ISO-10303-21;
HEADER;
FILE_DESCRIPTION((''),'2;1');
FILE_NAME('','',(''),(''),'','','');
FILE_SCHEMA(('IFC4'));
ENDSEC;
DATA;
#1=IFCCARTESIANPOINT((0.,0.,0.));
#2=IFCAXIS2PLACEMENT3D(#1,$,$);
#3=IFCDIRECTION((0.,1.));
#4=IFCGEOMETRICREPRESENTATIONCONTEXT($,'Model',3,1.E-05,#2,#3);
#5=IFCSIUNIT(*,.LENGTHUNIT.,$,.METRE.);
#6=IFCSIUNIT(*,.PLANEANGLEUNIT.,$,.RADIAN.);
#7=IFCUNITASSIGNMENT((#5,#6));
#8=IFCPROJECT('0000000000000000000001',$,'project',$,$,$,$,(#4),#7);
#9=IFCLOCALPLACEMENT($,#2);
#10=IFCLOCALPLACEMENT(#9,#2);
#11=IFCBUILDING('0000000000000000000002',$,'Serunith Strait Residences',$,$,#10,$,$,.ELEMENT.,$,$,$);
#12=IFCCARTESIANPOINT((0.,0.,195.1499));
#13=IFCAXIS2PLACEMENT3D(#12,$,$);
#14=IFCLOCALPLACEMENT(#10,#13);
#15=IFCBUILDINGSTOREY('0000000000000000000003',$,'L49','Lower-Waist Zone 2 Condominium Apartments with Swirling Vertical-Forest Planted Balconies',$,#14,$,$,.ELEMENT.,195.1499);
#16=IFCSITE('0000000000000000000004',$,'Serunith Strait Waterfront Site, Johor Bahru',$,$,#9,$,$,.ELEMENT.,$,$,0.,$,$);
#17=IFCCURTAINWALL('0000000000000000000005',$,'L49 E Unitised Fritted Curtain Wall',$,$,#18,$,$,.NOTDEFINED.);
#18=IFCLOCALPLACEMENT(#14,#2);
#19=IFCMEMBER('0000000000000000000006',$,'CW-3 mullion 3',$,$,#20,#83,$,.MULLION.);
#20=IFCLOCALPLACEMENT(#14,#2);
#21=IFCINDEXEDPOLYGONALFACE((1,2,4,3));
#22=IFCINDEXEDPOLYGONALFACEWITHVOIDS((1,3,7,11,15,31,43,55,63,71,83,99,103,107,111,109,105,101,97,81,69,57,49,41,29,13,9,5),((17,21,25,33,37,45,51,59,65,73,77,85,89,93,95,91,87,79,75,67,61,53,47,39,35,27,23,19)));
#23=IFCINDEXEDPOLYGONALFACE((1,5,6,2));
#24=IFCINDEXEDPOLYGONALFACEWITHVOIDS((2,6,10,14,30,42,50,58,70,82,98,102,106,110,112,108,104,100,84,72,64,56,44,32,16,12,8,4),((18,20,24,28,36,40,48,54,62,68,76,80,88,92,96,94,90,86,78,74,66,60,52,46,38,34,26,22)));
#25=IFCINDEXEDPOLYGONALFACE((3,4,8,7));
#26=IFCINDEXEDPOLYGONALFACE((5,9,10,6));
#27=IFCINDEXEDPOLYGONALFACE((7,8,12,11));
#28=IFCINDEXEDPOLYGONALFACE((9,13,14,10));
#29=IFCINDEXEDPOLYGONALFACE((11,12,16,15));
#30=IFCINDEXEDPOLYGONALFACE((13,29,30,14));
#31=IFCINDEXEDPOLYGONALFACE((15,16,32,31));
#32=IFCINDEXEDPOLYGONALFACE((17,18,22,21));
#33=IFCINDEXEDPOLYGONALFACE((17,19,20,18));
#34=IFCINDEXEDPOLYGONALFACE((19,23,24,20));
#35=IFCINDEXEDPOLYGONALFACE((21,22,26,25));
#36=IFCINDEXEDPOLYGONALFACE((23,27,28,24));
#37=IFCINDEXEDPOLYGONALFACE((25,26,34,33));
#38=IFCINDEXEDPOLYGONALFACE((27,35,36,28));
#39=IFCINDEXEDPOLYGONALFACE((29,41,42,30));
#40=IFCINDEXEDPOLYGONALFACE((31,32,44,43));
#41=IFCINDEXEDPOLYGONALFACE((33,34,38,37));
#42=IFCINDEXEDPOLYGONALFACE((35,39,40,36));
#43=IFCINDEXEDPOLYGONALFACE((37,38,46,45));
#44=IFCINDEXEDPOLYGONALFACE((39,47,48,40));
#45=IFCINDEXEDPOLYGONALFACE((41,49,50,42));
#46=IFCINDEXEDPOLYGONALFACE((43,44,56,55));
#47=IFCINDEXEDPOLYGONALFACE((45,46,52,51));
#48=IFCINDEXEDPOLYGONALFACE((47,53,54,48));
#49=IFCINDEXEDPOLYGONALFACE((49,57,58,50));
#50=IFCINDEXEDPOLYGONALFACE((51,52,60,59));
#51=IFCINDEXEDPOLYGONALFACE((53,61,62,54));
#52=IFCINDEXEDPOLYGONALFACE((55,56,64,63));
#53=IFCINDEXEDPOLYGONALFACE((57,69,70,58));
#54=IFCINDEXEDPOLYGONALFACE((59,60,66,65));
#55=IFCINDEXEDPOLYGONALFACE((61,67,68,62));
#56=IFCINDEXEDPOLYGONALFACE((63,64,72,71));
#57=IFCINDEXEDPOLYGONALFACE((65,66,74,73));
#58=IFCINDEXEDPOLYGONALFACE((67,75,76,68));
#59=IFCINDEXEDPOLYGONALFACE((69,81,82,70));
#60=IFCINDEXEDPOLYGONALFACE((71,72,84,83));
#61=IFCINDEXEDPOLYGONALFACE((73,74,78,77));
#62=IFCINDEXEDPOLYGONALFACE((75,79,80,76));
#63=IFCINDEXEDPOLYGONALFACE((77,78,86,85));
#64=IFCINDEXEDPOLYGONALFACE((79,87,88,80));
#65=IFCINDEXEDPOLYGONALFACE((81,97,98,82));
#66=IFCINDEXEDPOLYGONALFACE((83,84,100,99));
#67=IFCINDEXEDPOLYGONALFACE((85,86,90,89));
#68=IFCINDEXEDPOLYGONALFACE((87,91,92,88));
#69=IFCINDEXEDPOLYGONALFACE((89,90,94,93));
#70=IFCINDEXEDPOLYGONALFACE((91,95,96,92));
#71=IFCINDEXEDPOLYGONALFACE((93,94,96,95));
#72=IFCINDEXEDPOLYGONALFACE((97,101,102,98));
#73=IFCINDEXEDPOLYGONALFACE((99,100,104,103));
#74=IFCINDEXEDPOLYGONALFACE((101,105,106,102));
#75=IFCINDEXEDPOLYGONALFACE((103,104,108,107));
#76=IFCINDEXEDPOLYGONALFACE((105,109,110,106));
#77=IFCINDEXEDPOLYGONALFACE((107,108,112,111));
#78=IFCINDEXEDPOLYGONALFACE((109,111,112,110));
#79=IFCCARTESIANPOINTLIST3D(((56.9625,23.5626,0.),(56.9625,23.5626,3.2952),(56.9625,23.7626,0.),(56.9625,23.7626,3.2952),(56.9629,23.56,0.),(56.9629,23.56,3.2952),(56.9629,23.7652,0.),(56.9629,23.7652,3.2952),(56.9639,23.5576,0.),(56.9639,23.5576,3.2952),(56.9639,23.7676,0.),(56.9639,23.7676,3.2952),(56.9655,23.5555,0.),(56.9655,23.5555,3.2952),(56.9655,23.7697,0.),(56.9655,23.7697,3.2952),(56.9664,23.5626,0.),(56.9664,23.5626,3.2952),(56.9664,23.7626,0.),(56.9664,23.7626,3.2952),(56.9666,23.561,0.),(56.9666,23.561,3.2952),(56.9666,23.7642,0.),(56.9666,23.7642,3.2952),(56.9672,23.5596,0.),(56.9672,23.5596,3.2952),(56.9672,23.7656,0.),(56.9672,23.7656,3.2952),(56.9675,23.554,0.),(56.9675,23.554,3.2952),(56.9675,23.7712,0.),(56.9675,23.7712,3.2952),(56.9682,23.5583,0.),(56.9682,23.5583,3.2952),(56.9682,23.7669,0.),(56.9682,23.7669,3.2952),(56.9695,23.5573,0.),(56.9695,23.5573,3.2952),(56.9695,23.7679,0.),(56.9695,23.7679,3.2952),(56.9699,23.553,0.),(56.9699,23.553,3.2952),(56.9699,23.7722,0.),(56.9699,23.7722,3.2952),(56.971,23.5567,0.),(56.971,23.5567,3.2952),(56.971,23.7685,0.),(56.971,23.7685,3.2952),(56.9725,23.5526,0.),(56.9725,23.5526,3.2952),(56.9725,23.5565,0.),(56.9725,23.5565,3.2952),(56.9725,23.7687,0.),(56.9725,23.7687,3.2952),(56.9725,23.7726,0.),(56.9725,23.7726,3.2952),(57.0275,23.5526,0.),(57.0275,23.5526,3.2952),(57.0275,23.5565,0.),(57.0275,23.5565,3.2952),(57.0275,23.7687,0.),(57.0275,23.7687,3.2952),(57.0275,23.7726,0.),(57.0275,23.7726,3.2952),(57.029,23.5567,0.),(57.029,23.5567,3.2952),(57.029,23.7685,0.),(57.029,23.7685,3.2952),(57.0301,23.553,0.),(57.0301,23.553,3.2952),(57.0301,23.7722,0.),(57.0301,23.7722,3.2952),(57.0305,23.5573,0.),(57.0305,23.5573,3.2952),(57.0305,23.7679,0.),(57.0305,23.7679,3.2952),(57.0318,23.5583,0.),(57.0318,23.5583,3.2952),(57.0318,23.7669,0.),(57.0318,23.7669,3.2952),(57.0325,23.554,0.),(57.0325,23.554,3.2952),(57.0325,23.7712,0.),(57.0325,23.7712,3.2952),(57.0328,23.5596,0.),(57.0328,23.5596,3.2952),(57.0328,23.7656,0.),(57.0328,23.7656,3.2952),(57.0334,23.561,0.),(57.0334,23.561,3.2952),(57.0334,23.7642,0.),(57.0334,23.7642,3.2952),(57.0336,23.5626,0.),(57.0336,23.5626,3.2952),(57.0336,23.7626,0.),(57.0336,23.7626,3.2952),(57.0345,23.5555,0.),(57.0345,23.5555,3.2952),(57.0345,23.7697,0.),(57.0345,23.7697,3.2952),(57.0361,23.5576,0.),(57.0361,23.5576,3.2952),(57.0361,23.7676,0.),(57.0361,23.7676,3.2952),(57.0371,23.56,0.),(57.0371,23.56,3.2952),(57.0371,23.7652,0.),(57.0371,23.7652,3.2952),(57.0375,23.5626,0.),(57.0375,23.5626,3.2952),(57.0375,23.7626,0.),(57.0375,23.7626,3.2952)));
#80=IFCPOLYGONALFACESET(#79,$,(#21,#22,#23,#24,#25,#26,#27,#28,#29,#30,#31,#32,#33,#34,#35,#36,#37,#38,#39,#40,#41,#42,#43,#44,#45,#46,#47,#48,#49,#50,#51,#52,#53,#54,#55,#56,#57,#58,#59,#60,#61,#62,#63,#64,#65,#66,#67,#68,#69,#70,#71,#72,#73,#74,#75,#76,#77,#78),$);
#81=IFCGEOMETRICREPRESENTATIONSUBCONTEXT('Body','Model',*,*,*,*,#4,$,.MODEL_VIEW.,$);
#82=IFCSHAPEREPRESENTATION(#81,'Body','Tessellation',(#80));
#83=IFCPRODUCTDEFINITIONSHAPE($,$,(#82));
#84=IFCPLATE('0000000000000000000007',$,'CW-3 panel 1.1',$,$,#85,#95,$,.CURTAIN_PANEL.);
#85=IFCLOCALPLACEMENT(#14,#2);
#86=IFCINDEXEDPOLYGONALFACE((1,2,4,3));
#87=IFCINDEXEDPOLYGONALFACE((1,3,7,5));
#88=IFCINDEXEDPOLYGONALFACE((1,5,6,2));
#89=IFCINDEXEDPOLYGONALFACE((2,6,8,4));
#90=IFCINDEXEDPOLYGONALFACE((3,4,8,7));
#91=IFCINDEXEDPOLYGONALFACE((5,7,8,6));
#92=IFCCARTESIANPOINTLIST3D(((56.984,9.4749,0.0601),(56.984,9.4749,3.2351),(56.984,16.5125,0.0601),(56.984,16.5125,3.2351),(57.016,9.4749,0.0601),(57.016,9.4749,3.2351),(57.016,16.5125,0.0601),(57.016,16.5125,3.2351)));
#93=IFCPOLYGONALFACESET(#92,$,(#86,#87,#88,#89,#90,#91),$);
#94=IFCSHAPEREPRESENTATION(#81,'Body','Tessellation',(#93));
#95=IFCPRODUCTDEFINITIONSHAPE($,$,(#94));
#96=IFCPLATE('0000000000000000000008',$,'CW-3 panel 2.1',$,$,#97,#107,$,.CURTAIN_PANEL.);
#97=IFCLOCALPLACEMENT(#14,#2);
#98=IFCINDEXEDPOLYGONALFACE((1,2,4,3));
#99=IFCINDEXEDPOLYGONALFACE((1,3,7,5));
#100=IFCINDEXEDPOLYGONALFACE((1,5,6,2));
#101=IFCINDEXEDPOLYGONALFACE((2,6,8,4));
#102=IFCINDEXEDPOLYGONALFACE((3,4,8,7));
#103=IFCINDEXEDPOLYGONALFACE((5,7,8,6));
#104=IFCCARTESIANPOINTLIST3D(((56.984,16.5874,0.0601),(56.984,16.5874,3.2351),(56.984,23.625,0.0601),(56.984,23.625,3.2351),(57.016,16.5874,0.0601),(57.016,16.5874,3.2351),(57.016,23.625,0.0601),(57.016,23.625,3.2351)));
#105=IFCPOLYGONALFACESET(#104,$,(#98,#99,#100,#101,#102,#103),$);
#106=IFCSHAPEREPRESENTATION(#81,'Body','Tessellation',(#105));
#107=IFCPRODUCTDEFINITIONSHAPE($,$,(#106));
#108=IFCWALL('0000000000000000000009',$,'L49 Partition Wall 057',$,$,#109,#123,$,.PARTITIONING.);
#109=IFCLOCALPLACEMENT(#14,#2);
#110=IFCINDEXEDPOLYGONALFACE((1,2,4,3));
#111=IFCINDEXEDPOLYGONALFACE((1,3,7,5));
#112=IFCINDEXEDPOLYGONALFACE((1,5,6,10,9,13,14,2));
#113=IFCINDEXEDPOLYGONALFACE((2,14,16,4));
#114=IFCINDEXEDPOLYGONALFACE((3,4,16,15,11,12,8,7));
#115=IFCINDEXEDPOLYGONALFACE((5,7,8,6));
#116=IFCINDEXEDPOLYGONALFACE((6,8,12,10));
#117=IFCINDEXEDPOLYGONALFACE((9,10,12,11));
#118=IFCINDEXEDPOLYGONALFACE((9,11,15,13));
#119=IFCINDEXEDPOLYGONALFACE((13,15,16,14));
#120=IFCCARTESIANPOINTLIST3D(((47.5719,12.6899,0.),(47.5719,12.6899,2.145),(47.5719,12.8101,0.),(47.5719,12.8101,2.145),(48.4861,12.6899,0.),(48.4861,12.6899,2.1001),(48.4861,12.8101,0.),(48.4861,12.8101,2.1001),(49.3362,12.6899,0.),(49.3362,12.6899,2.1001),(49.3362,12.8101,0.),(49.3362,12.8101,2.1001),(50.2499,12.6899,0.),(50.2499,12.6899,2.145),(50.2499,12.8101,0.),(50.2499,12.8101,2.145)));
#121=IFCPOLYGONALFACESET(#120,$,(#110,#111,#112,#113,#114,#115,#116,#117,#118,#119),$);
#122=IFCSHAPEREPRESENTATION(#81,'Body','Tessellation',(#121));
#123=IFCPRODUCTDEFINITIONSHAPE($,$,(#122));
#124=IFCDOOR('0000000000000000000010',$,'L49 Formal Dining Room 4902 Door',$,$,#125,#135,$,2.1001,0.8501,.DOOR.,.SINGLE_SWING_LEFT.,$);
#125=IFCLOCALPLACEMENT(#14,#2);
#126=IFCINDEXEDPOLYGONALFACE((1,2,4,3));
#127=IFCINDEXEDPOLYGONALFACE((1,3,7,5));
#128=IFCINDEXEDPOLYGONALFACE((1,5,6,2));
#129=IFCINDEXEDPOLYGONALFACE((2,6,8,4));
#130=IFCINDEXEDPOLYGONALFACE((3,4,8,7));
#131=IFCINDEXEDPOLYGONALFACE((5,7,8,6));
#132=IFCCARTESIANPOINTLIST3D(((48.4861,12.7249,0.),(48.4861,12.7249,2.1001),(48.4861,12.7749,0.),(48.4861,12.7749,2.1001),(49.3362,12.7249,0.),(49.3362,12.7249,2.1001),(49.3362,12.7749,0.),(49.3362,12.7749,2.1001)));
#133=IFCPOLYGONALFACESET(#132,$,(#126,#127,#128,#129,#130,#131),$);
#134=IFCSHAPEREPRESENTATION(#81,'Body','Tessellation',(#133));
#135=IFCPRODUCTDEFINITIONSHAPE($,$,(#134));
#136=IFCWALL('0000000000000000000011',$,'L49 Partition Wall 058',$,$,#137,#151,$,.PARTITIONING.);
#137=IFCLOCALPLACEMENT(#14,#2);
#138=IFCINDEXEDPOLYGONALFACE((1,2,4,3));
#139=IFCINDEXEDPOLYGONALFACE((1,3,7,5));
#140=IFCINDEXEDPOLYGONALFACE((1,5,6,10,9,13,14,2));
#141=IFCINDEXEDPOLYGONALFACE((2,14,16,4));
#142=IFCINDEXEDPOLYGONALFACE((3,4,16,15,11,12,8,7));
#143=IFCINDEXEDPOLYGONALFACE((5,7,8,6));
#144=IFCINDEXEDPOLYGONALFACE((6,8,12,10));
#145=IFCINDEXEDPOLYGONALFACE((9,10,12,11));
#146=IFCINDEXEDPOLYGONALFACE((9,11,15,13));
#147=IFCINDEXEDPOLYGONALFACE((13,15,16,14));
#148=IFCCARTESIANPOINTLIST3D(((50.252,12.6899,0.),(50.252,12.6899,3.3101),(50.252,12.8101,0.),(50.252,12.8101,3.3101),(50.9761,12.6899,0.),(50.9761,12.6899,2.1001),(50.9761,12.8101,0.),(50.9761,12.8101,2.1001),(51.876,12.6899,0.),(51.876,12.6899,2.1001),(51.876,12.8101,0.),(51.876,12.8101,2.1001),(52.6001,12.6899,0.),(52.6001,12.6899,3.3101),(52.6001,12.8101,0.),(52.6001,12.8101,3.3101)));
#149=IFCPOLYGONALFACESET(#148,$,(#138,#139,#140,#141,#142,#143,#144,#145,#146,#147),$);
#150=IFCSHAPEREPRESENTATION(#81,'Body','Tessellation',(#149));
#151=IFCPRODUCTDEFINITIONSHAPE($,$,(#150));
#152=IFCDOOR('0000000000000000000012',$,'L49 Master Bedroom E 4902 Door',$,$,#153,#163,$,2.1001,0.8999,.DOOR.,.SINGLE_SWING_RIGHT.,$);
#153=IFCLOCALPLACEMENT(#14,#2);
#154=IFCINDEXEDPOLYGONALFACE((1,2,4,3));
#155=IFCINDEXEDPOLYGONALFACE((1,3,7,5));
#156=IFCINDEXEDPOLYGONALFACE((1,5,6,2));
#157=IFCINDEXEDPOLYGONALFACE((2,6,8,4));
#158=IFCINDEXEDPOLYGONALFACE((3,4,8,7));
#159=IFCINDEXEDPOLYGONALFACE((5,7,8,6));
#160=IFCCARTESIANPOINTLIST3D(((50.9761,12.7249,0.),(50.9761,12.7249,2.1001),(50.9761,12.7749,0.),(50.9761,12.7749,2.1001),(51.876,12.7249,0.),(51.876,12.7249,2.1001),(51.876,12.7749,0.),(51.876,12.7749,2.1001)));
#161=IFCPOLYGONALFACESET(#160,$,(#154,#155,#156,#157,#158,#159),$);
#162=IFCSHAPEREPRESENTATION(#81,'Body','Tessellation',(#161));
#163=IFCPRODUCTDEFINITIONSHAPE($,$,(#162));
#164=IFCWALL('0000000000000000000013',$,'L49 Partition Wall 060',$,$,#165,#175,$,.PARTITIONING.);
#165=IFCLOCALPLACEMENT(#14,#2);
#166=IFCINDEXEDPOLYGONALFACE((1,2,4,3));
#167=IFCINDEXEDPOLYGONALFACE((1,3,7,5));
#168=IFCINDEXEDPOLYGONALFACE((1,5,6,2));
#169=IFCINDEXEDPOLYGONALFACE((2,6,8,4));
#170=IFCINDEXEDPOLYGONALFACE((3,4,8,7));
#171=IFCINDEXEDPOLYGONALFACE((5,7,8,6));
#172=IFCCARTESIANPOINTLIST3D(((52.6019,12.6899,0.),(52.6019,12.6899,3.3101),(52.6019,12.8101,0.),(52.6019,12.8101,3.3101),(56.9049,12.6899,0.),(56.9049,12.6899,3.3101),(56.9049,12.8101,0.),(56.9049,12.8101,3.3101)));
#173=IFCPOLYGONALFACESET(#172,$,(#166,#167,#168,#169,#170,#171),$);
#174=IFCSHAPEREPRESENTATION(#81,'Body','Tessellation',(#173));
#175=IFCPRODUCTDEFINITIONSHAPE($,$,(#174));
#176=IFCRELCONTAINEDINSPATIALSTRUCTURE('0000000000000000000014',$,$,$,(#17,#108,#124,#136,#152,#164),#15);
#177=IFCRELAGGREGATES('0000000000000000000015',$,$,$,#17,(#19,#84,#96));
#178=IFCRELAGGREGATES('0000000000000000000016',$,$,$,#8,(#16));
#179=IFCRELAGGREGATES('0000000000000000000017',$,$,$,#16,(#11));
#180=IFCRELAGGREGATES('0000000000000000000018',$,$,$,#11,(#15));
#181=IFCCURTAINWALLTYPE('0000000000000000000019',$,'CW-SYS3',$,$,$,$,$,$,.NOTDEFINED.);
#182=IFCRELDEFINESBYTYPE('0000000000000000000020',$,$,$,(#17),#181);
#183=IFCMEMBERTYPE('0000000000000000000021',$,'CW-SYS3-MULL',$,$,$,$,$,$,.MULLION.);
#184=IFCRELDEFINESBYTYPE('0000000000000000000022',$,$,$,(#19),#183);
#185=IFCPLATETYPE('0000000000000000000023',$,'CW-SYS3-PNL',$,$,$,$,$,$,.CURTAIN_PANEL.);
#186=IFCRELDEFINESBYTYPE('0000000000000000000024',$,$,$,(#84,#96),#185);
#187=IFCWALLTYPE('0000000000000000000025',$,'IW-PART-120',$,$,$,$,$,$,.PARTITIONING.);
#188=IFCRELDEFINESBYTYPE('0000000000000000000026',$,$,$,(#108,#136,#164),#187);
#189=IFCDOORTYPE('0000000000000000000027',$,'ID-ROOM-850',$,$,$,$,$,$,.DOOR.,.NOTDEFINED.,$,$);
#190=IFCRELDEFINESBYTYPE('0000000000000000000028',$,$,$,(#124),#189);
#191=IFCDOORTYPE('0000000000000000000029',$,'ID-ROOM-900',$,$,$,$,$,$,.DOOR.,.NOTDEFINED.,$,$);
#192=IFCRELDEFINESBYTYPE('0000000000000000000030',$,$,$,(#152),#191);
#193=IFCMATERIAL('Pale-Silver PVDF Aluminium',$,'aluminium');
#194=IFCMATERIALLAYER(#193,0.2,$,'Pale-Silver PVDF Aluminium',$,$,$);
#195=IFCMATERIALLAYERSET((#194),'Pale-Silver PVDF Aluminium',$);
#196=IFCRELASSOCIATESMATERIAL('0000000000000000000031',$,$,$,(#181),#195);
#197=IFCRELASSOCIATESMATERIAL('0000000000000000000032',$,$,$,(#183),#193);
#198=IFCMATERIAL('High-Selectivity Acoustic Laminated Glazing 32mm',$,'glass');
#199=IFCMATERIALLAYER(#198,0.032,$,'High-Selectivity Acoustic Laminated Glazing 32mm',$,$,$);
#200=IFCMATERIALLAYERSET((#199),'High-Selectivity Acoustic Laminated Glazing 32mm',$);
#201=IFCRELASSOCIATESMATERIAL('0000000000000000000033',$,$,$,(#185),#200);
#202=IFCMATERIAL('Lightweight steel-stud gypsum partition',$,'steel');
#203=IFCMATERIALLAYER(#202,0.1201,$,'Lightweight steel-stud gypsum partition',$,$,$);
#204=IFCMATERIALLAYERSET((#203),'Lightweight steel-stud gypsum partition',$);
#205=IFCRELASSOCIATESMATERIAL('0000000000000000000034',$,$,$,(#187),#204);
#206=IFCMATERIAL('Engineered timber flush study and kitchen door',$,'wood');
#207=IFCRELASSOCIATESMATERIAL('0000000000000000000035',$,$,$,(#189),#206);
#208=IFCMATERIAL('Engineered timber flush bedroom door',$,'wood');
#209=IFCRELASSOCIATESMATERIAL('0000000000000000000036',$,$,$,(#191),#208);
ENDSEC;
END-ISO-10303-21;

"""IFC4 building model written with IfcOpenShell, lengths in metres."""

from ifc_helpers import new_model, si_unit, direction, frame, frame_2d, origin, origin_2d, place, context, subcontext, project, spatial, rectangle, hollow_rectangle, extrude, source, transform, mapped, material, layer, layer_set, material_profile, profile_set, type_object, element, fill, aggregate, save


model = new_model("IFC4")

# Units and contexts
model_context = context("Model", 3, precision=1e-05, world=origin(), true_north=direction((0.0, 1.0)))
body_context = subcontext(model_context, "Body", "Model", "MODEL_VIEW")
ifc_project = project(units=[si_unit("LENGTHUNIT", "METRE"), si_unit("PLANEANGLEUNIT", "RADIAN")], contexts=[model_context])

# Site, building, storey
site_placement = place(None, origin())
site = spatial("IfcSite", under=ifc_project, at=site_placement, Name="Serunith Strait Waterfront Site, Johor Bahru", CompositionType="ELEMENT", RefElevation=0.0)
building_placement = place(site_placement, origin())
building = spatial("IfcBuilding", under=site, at=building_placement, Name="Serunith Strait Residences", CompositionType="ELEMENT")
storey_placement = place(building_placement, frame((0.0, 0.0, 195.1499)))
storey = spatial("IfcBuildingStorey", under=building, at=storey_placement, Name="L49", Description="Lower-Waist Zone 2 Condominium Apartments with Swirling Vertical-Forest Planted Balconies", CompositionType="ELEMENT", Elevation=195.1499)

# Curtain wall, member, plates
ifc_material_1 = material(Name="Pale-Silver PVDF Aluminium", Category="aluminium")
ifc_layer_1 = layer(ifc_material_1, 0.2, Name="Pale-Silver PVDF Aluminium")
ifc_layer_set_1 = layer_set([ifc_layer_1], Name="Pale-Silver PVDF Aluminium")
curtain_wall_type = type_object("IfcCurtainWallType", Name="CW-SYS3", PredefinedType="NOTDEFINED", material=ifc_layer_set_1)
curtain_wall_placement = place(storey_placement, origin())
curtain_wall = element("IfcCurtainWall", 1, at=curtain_wall_placement, inside=storey, type_object=curtain_wall_type, Name="L49 E Unitised Fritted Curtain Wall", PredefinedType="NOTDEFINED")
ifc_material_profile_1 = material_profile(ifc_material_1, hollow_rectangle(XDim=0.075, YDim=0.22, WallThickness=0.0039, InnerFilletRadius=0.0061, OuterFilletRadius=0.01, at=origin_2d()), Name="ALU 220x75x4")
ifc_profile_set_1 = profile_set([ifc_material_profile_1], Name="Pale-Silver PVDF Aluminium")
member_type_1 = type_object("IfcMemberType", Name="CW-SYS3-MULL", PredefinedType="MULLION", material=ifc_profile_set_1)
shared_shape_1 = source(origin(), body_context, "Body", "SweptSolid", [
    extrude(hollow_rectangle(XDim=0.075, YDim=0.22, WallThickness=0.0039, InnerFilletRadius=0.0061, OuterFilletRadius=0.01, at=origin_2d()), origin(), (0.0, 0.0, 1.0), 3.2952),
])
member_1_placement = place(storey_placement, frame((57.0, 23.6626, 0.0), z_axis=(0.0, 0.0, 1.0), x_axis=(-1.0, 0.0, 0.0)))
member_1 = element("IfcMember", 2, at=member_1_placement, type_object=member_type_1, Name="CW-3 mullion 3", PredefinedType="MULLION", context=body_context, shape_type="MappedRepresentation", body=[
    mapped(shared_shape_1, transform((0.0, 0.0, 0.0), scale=1.0)),
])
ifc_material_2 = material(Name="High-Selectivity Acoustic Laminated Glazing 32mm", Category="glass")
ifc_layer_2 = layer(ifc_material_2, 0.032, Name="High-Selectivity Acoustic Laminated Glazing 32mm")
ifc_layer_set_2 = layer_set([ifc_layer_2], Name="High-Selectivity Acoustic Laminated Glazing 32mm")
plate_type = type_object("IfcPlateType", Name="CW-SYS3-PNL", PredefinedType="CURTAIN_PANEL", material=ifc_layer_set_2)
shared_shape_2 = source(origin(), body_context, "Body", "SweptSolid", [
    extrude(rectangle(XDim=7.0376, YDim=0.032, at=origin_2d()), origin(), (0.0, 0.0, 1.0), 3.175),
])
plate_1_placement = place(storey_placement, frame((57.0, 12.9937, 0.0601), z_axis=(0.0, 0.0, 1.0), x_axis=(0.0, 1.0, 0.0)))
plate_1 = element("IfcPlate", 3, at=plate_1_placement, type_object=plate_type, Name="CW-3 panel 1.1", PredefinedType="CURTAIN_PANEL", context=body_context, shape_type="MappedRepresentation", body=[
    mapped(shared_shape_2, transform((0.0, 0.0, 0.0), scale=1.0)),
])
plate_2_placement = place(storey_placement, frame((57.0, 20.1062, 0.0601), z_axis=(0.0, 0.0, 1.0), x_axis=(0.0, 1.0, 0.0)))
plate_2 = element("IfcPlate", 4, at=plate_2_placement, type_object=plate_type, Name="CW-3 panel 2.1", PredefinedType="CURTAIN_PANEL", context=body_context, shape_type="MappedRepresentation", body=[
    mapped(shared_shape_2, transform((0.0, 0.0, 0.0), scale=1.0)),
])
aggregate(curtain_wall, [member_1, plate_1, plate_2])

# Walls, openings, doors
ifc_material_3 = material(Name="Lightweight steel-stud gypsum partition", Category="steel")
ifc_layer_3 = layer(ifc_material_3, 0.1201, Name="Lightweight steel-stud gypsum partition")
ifc_layer_set_3 = layer_set([ifc_layer_3], Name="Lightweight steel-stud gypsum partition")
wall_type = type_object("IfcWallType", Name="IW-PART-120", PredefinedType="PARTITIONING", material=ifc_layer_set_3)
wall_1_placement = place(storey_placement, frame((47.572, 12.75, 0.0), z_axis=(0.0, 0.0, 1.0), x_axis=(1.0, 0.0, 0.0)))
wall_1 = element("IfcWall", 5, at=wall_1_placement, inside=storey, type_object=wall_type, Name="L49 Partition Wall 057", PredefinedType="PARTITIONING", context=body_context, shape_type="SweptSolid", body=[
    extrude(rectangle(XDim=2.678, YDim=0.1201, at=frame_2d((1.3389, 0.0))), origin(), (0.0, 0.0, 1.0), 2.145),
])
opening_1_placement = place(wall_1_placement, frame((0.9141, 0.0, 0.0)))
opening_1 = element("IfcOpeningElement", 6, at=opening_1_placement, cuts=wall_1, PredefinedType="OPENING", context=body_context, shape_type="SweptSolid", body=[
    extrude(rectangle(XDim=0.8501, YDim=2.1001, at=frame_2d((0.425, 1.05))), frame((0.0, 0.0701, 0.0), z_axis=(0.0, -1.0, 0.0), x_axis=(1.0, 0.0, 0.0)), (0.0, 0.0, 1.0), 0.1401),
])
ifc_material_4 = material(Name="Engineered timber flush study and kitchen door", Category="wood")
door_type_1 = type_object("IfcDoorType", Name="ID-ROOM-850", OperationType="NOTDEFINED", PredefinedType="DOOR", material=ifc_material_4)
shared_shape_3 = source(origin(), body_context, "Body", "SweptSolid", [
    extrude(rectangle(XDim=0.8501, YDim=2.1001, at=frame_2d((0.425, 1.05))), frame((0.0, 0.0249, 0.0), z_axis=(0.0, -1.0, 0.0), x_axis=(1.0, 0.0, 0.0)), (0.0, 0.0, 1.0), 0.05),
])
door_1_placement = place(opening_1_placement, origin())
door_1 = element("IfcDoor", 7, at=door_1_placement, inside=storey, type_object=door_type_1, Name="L49 Formal Dining Room 4902 Door", OperationType="SINGLE_SWING_LEFT", OverallHeight=2.1001, OverallWidth=0.8501, PredefinedType="DOOR", context=body_context, shape_type="MappedRepresentation", body=[
    mapped(shared_shape_3, transform((0.0, 0.0, 0.0), scale=1.0)),
])
fill(opening_1, door_1)
wall_2_placement = place(storey_placement, frame((50.252, 12.75, 0.0), z_axis=(0.0, 0.0, 1.0), x_axis=(1.0, 0.0, 0.0)))
wall_2 = element("IfcWall", 8, at=wall_2_placement, inside=storey, type_object=wall_type, Name="L49 Partition Wall 058", PredefinedType="PARTITIONING", context=body_context, shape_type="SweptSolid", body=[
    extrude(rectangle(XDim=2.3481, YDim=0.1201, at=frame_2d((1.1741, 0.0))), origin(), (0.0, 0.0, 1.0), 3.3101),
])
opening_2_placement = place(wall_2_placement, frame((0.7241, 0.0, 0.0)))
opening_2 = element("IfcOpeningElement", 9, at=opening_2_placement, cuts=wall_2, PredefinedType="OPENING", context=body_context, shape_type="SweptSolid", body=[
    extrude(rectangle(XDim=0.8999, YDim=2.1001, at=frame_2d((0.45, 1.05))), frame((0.0, 0.0701, 0.0), z_axis=(0.0, -1.0, 0.0), x_axis=(1.0, 0.0, 0.0)), (0.0, 0.0, 1.0), 0.1401),
])
ifc_material_5 = material(Name="Engineered timber flush bedroom door", Category="wood")
door_type_2 = type_object("IfcDoorType", Name="ID-ROOM-900", OperationType="NOTDEFINED", PredefinedType="DOOR", material=ifc_material_5)
shared_shape_4 = source(origin(), body_context, "Body", "SweptSolid", [
    extrude(rectangle(XDim=0.8999, YDim=2.1001, at=frame_2d((0.45, 1.05))), frame((0.0, 0.0249, 0.0), z_axis=(0.0, -1.0, 0.0), x_axis=(1.0, 0.0, 0.0)), (0.0, 0.0, 1.0), 0.05),
])
door_2_placement = place(opening_2_placement, origin())
door_2 = element("IfcDoor", 10, at=door_2_placement, inside=storey, type_object=door_type_2, Name="L49 Master Bedroom E 4902 Door", OperationType="SINGLE_SWING_RIGHT", OverallHeight=2.1001, OverallWidth=0.8999, PredefinedType="DOOR", context=body_context, shape_type="MappedRepresentation", body=[
    mapped(shared_shape_4, transform((0.0, 0.0, 0.0), scale=1.0)),
])
fill(opening_2, door_2)

# Wall
wall_3_placement = place(storey_placement, frame((52.6021, 12.75, 0.0), z_axis=(0.0, 0.0, 1.0), x_axis=(1.0, 0.0, 0.0)))
element("IfcWall", 11, at=wall_3_placement, inside=storey, type_object=wall_type, Name="L49 Partition Wall 060", PredefinedType="PARTITIONING", context=body_context, shape_type="SweptSolid", body=[
    extrude(rectangle(XDim=4.303, YDim=0.1201, at=frame_2d((2.1514, 0.0))), origin(), (0.0, 0.0, 1.0), 3.3101),
])

save(model, "model.ifc")
